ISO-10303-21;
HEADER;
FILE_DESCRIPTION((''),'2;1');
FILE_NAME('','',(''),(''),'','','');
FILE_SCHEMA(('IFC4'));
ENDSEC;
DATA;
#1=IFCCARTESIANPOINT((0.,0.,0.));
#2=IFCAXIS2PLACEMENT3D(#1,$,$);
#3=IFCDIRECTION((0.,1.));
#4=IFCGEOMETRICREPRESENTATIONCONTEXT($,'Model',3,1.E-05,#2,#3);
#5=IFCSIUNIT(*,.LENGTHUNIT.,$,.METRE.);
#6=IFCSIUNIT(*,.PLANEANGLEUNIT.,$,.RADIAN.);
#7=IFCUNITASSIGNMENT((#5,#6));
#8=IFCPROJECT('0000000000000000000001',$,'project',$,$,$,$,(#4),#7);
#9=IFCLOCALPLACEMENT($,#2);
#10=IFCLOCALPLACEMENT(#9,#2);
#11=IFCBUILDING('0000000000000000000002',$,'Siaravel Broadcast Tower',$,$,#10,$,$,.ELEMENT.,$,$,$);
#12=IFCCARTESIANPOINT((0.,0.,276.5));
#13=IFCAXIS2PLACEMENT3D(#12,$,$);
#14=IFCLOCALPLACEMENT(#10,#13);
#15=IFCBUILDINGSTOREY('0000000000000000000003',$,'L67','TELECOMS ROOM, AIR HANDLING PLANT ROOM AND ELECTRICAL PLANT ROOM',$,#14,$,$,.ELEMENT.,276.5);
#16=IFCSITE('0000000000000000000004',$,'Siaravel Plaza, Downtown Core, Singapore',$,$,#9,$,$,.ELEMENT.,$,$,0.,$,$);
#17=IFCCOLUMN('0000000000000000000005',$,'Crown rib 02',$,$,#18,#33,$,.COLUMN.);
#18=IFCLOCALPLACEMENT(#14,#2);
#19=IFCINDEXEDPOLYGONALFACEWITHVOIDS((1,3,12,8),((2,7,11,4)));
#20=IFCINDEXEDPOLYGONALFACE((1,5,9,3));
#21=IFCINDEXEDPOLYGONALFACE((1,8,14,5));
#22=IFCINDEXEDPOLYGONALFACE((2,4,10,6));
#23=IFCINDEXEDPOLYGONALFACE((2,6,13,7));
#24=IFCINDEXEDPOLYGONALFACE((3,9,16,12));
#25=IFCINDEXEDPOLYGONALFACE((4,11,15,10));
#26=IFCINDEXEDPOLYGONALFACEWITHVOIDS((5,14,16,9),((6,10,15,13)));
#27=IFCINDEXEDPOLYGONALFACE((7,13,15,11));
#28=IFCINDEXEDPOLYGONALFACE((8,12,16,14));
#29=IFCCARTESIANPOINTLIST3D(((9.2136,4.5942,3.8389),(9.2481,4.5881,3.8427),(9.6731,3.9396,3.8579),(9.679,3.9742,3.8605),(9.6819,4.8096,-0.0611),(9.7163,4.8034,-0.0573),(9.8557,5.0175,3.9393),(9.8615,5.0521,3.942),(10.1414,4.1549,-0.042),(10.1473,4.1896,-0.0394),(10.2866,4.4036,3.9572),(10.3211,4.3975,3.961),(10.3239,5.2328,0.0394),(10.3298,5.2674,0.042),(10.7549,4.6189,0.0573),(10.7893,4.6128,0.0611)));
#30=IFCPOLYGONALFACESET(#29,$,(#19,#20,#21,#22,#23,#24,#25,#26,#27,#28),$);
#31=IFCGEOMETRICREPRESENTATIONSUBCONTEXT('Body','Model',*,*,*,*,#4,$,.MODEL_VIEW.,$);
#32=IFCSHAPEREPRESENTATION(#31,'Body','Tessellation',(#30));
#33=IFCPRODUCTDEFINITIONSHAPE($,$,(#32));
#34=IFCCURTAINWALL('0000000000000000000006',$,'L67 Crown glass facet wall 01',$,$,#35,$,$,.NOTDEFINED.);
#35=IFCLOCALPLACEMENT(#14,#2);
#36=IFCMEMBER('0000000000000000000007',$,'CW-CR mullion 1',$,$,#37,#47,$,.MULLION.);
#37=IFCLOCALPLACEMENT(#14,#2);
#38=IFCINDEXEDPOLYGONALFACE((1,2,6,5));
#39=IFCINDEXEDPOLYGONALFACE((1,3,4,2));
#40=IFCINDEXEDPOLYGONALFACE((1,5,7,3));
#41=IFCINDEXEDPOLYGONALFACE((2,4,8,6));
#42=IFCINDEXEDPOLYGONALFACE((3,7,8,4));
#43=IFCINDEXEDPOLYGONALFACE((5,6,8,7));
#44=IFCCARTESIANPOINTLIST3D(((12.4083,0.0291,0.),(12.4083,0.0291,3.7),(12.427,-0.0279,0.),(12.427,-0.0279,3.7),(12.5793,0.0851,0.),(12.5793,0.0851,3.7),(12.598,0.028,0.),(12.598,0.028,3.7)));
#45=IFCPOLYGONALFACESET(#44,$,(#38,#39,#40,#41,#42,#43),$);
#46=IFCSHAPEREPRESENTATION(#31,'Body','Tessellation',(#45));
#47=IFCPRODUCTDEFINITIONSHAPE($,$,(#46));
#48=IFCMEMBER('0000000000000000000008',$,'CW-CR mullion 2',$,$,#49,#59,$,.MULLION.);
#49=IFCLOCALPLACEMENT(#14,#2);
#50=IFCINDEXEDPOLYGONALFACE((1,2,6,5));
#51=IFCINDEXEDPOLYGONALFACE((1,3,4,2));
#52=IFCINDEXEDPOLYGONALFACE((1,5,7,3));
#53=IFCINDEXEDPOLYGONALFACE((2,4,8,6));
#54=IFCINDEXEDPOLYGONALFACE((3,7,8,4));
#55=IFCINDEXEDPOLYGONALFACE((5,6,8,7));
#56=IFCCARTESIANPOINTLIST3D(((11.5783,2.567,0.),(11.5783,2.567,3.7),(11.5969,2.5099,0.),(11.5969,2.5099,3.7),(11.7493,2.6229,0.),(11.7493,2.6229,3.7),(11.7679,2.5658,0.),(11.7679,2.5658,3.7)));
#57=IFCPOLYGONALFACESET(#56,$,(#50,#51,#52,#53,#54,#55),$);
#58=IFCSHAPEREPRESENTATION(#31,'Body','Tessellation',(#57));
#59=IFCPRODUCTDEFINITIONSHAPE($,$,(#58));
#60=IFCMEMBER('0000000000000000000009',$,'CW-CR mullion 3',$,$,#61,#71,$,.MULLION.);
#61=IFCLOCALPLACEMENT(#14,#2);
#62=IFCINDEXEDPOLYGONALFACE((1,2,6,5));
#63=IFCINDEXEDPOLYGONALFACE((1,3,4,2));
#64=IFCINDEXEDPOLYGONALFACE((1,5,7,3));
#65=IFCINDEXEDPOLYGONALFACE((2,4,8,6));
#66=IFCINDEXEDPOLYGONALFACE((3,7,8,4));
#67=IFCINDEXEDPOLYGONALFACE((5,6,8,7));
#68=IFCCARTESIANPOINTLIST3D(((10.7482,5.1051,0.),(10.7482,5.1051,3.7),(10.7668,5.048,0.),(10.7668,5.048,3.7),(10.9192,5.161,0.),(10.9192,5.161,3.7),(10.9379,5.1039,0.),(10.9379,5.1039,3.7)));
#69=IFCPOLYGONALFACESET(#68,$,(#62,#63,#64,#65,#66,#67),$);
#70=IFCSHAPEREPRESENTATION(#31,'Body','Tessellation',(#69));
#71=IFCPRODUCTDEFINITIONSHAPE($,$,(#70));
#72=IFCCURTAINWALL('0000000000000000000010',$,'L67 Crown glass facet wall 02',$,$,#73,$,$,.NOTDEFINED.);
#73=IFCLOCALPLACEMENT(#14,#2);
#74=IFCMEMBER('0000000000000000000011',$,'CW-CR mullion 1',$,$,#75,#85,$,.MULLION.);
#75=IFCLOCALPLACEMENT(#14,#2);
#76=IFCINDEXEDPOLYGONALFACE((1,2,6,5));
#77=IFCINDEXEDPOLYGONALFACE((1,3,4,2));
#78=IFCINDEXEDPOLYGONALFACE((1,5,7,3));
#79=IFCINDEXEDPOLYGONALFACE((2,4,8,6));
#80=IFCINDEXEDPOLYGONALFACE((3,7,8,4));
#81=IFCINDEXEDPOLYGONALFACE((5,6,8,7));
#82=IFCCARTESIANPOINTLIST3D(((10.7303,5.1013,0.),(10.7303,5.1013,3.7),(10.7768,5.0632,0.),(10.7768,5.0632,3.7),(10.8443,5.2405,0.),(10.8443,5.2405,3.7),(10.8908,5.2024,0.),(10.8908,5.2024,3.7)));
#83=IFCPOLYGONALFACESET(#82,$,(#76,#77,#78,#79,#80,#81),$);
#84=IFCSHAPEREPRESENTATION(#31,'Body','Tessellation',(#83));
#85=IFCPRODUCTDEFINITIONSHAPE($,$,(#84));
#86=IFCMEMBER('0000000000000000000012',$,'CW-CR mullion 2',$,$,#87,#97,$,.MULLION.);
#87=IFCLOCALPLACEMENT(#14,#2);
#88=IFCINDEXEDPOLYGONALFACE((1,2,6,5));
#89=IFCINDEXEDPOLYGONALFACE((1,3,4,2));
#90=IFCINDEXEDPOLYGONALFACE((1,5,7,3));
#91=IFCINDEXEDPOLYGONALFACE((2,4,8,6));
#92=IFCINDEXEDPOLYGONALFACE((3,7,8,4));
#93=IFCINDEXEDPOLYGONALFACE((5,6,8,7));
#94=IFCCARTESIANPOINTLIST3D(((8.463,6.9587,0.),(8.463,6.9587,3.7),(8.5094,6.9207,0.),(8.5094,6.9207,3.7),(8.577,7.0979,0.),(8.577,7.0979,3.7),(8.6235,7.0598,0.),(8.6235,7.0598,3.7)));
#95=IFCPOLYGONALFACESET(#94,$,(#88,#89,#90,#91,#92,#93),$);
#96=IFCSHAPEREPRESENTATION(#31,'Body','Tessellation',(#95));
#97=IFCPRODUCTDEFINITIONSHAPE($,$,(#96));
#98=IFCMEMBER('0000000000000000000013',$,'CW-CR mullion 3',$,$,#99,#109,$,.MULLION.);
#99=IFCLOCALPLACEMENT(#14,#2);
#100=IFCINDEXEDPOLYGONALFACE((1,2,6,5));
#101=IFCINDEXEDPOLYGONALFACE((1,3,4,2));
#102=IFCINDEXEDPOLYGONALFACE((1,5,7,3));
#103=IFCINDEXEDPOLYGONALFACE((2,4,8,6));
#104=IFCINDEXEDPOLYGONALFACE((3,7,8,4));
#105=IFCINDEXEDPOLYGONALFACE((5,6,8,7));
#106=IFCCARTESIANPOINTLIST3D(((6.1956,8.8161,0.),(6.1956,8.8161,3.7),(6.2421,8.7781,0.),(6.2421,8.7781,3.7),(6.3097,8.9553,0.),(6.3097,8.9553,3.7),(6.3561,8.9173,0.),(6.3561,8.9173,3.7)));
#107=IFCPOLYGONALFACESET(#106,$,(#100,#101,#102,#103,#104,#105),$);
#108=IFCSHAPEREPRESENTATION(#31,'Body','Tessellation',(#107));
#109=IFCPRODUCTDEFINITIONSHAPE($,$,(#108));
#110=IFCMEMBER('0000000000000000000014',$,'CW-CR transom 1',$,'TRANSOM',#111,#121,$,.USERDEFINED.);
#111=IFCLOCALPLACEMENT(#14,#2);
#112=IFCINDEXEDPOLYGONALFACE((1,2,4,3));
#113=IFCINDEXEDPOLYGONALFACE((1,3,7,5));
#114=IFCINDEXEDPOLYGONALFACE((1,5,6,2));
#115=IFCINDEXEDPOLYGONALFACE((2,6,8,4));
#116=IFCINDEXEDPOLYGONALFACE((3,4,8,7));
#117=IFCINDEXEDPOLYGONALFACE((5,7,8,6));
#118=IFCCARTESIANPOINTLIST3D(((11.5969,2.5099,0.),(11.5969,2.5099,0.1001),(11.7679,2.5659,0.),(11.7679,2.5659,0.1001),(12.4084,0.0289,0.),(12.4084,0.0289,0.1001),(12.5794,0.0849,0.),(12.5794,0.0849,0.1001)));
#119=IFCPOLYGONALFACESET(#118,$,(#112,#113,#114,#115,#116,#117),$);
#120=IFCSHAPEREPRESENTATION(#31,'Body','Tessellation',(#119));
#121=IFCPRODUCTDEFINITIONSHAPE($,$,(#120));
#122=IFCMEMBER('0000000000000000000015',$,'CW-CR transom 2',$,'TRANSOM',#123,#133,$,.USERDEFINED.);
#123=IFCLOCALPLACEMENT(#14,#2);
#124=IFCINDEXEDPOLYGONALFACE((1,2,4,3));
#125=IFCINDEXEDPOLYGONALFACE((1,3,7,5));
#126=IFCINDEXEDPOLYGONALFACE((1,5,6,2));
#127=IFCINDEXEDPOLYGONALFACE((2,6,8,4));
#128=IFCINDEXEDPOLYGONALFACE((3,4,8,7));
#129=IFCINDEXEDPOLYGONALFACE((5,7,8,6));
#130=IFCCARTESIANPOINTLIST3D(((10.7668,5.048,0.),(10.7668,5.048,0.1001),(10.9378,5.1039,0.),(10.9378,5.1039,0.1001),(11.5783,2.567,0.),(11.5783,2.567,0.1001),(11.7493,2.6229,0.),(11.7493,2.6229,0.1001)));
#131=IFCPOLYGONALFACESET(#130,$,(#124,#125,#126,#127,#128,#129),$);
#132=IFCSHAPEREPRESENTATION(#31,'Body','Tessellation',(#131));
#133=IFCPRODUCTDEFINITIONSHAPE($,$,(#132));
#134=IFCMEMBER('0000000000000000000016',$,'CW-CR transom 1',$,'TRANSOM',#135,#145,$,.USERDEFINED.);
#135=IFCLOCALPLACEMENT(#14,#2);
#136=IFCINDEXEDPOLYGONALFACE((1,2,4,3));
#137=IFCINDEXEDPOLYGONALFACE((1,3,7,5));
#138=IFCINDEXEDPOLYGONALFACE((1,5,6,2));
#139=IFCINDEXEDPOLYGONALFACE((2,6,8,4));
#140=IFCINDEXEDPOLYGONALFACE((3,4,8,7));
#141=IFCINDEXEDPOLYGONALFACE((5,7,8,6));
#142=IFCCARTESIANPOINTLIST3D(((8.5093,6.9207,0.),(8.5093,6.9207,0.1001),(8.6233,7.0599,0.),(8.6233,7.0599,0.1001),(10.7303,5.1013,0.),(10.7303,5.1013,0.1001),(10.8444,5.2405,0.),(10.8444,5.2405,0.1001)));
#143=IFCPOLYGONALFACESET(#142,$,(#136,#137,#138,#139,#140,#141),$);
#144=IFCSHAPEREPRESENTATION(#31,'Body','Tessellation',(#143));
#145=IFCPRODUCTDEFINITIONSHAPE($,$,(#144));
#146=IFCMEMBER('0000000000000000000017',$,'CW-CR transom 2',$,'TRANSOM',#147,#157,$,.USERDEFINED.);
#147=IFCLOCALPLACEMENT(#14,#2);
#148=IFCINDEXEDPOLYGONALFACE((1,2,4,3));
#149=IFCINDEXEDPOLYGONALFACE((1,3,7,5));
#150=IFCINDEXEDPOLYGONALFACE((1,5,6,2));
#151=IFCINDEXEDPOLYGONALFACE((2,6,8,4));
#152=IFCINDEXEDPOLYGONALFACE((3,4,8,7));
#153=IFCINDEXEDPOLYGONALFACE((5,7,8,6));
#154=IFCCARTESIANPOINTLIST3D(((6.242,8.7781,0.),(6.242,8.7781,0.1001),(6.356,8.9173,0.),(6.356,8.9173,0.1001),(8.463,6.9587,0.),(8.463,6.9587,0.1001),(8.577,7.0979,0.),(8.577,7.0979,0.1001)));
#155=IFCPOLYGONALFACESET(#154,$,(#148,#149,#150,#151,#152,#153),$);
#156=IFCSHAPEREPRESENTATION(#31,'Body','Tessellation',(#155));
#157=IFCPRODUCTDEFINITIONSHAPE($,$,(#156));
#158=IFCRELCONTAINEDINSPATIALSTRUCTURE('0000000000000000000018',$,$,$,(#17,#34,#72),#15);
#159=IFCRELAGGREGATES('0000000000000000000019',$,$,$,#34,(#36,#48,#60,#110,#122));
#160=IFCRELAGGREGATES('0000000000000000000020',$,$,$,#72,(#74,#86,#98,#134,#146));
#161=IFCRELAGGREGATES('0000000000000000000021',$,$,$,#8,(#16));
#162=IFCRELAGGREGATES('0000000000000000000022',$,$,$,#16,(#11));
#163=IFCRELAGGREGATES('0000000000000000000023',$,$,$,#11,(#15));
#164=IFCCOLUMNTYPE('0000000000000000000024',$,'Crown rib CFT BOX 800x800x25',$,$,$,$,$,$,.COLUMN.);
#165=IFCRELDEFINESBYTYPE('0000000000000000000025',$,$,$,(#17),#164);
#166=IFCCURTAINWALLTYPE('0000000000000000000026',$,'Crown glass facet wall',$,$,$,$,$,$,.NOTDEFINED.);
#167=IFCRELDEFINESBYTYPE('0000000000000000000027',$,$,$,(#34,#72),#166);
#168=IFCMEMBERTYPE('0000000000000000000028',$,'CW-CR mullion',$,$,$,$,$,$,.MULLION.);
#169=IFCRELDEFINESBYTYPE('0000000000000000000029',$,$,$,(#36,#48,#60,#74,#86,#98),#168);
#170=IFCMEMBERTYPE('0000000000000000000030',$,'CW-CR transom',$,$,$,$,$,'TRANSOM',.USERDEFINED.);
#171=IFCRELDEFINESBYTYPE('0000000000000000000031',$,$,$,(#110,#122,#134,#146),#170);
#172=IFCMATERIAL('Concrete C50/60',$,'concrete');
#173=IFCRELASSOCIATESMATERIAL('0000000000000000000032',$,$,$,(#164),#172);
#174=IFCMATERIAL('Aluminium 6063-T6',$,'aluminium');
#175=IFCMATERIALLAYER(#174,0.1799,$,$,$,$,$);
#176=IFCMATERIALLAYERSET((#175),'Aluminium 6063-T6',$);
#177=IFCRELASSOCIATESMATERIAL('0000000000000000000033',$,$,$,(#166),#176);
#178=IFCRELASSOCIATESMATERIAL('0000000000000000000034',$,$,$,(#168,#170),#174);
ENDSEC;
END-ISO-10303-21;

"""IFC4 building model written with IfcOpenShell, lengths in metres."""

from ifc_helpers import new_model, si_unit, direction, frame, origin, origin_2d, place, context, subcontext, project, spatial, rectangle, hollow_rectangle, extrude, material, layer, layer_set, material_profile, profile_set, type_object, element, aggregate, save


model = new_model("IFC4")

# Units and contexts
model_context = context("Model", 3, precision=1e-05, world=origin(), true_north=direction((0.0, 1.0)))
body_context = subcontext(model_context, "Body", "Model", "MODEL_VIEW")
ifc_project = project(units=[si_unit("LENGTHUNIT", "METRE"), si_unit("PLANEANGLEUNIT", "RADIAN")], contexts=[model_context])

# Site, building, storey
site_placement = place(None, origin())
site = spatial("IfcSite", under=ifc_project, at=site_placement, Name="Siaravel Plaza, Downtown Core, Singapore", CompositionType="ELEMENT", RefElevation=0.0)
building_placement = place(site_placement, origin())
building = spatial("IfcBuilding", under=site, at=building_placement, Name="Siaravel Broadcast Tower", CompositionType="ELEMENT")
storey_placement = place(building_placement, frame((0.0, 0.0, 276.5)))
storey = spatial("IfcBuildingStorey", under=building, at=storey_placement, Name="L67", Description="TELECOMS ROOM, AIR HANDLING PLANT ROOM AND ELECTRICAL PLANT ROOM", CompositionType="ELEMENT", Elevation=276.5)

# Column
ifc_material_1 = material(Name="Concrete C50/60", Category="concrete")
ifc_material_profile_1 = material_profile(ifc_material_1, hollow_rectangle(XDim=0.8, YDim=0.8, WallThickness=0.0249, at=origin_2d()))
ifc_profile_set_1 = profile_set([ifc_material_profile_1], Name="Concrete C50/60")
column_type = type_object("IfcColumnType", Name="Crown rib CFT BOX 800x800x25", PredefinedType="COLUMN", material=ifc_profile_set_1)
column_placement = place(storey_placement, frame((10.2356, 4.7112, 0.0), z_axis=(-0.119035, -0.054739, 0.99138), x_axis=(0.574404, -0.818226, 0.023791)))
element("IfcColumn", 1, at=column_placement, inside=storey, type_object=column_type, Name="Crown rib 02", PredefinedType="COLUMN", context=body_context, shape_type="SweptSolid", body=[
    extrude(hollow_rectangle(XDim=0.8, YDim=0.8, WallThickness=0.0249, at=origin_2d()), origin(), (0.0, 0.0, 1.0), 3.9338),
])

# Curtain walls, members
ifc_material_2 = material(Name="Aluminium 6063-T6", Category="aluminium")
ifc_layer_1 = layer(ifc_material_2, 0.1799)
ifc_layer_set_1 = layer_set([ifc_layer_1], Name="Aluminium 6063-T6")
curtain_wall_type = type_object("IfcCurtainWallType", Name="Crown glass facet wall", PredefinedType="NOTDEFINED", material=ifc_layer_set_1)
curtain_wall_1_placement = place(storey_placement, origin())
curtain_wall_1 = element("IfcCurtainWall", 2, at=curtain_wall_1_placement, inside=storey, type_object=curtain_wall_type, Name="L67 Crown glass facet wall 01", PredefinedType="NOTDEFINED")
ifc_material_profile_2 = material_profile(ifc_material_2, rectangle(XDim=0.1799, YDim=0.0601, at=origin_2d()))
ifc_profile_set_2 = profile_set([ifc_material_profile_2], Name="Aluminium 6063-T6")
member_type_1 = type_object("IfcMemberType", Name="CW-CR mullion", PredefinedType="MULLION", material=ifc_profile_set_2)
member_1_placement = place(storey_placement, frame((12.5032, 0.0286, 0.0), z_axis=(0.0, 0.0, 1.0), x_axis=(-0.950456, -0.31086, 0.0)))
member_1 = element("IfcMember", 3, at=member_1_placement, type_object=member_type_1, Name="CW-CR mullion 1", PredefinedType="MULLION", context=body_context, shape_type="SweptSolid", body=[
    extrude(rectangle(XDim=0.1799, YDim=0.0601, at=origin_2d()), origin(), (0.0, 0.0, 1.0), 3.7),
])
member_2_placement = place(storey_placement, frame((11.6731, 2.5664, 0.0), z_axis=(0.0, 0.0, 1.0), x_axis=(-0.950456, -0.31086, 0.0)))
member_2 = element("IfcMember", 4, at=member_2_placement, type_object=member_type_1, Name="CW-CR mullion 2", PredefinedType="MULLION", context=body_context, shape_type="SweptSolid", body=[
    extrude(rectangle(XDim=0.1799, YDim=0.0601, at=origin_2d()), origin(), (0.0, 0.0, 1.0), 3.7),
])
member_3_placement = place(storey_placement, frame((10.843, 5.1045, 0.0), z_axis=(0.0, 0.0, 1.0), x_axis=(-0.950456, -0.31086, 0.0)))
member_3 = element("IfcMember", 5, at=member_3_placement, type_object=member_type_1, Name="CW-CR mullion 3", PredefinedType="MULLION", context=body_context, shape_type="SweptSolid", body=[
    extrude(rectangle(XDim=0.1799, YDim=0.0601, at=origin_2d()), origin(), (0.0, 0.0, 1.0), 3.7),
])
curtain_wall_2_placement = place(storey_placement, origin())
curtain_wall_2 = element("IfcCurtainWall", 6, at=curtain_wall_2_placement, inside=storey, type_object=curtain_wall_type, Name="L67 Crown glass facet wall 02", PredefinedType="NOTDEFINED")
member_4_placement = place(storey_placement, frame((10.8105, 5.1519, 0.0), z_axis=(0.0, 0.0, 1.0), x_axis=(-0.633713, -0.773569, 0.0)))
member_4 = element("IfcMember", 7, at=member_4_placement, type_object=member_type_1, Name="CW-CR mullion 1", PredefinedType="MULLION", context=body_context, shape_type="SweptSolid", body=[
    extrude(rectangle(XDim=0.1799, YDim=0.0601, at=origin_2d()), origin(), (0.0, 0.0, 1.0), 3.7),
])
member_5_placement = place(storey_placement, frame((8.5432, 7.0093, 0.0), z_axis=(0.0, 0.0, 1.0), x_axis=(-0.633713, -0.773569, 0.0)))
member_5 = element("IfcMember", 8, at=member_5_placement, type_object=member_type_1, Name="CW-CR mullion 2", PredefinedType="MULLION", context=body_context, shape_type="SweptSolid", body=[
    extrude(rectangle(XDim=0.1799, YDim=0.0601, at=origin_2d()), origin(), (0.0, 0.0, 1.0), 3.7),
])
member_6_placement = place(storey_placement, frame((6.2759, 8.8667, 0.0), z_axis=(0.0, 0.0, 1.0), x_axis=(-0.633713, -0.773569, 0.0)))
member_6 = element("IfcMember", 9, at=member_6_placement, type_object=member_type_1, Name="CW-CR mullion 3", PredefinedType="MULLION", context=body_context, shape_type="SweptSolid", body=[
    extrude(rectangle(XDim=0.1799, YDim=0.0601, at=origin_2d()), origin(), (0.0, 0.0, 1.0), 3.7),
])

# Members
ifc_material_profile_3 = material_profile(ifc_material_2, rectangle(XDim=0.1799, YDim=0.1001, at=origin_2d()))
ifc_profile_set_3 = profile_set([ifc_material_profile_3], Name="Aluminium 6063-T6")
member_type_2 = type_object("IfcMemberType", Name="CW-CR transom", ElementType="TRANSOM", PredefinedType="USERDEFINED", material=ifc_profile_set_3)
member_7_placement = place(storey_placement, frame((12.4939, 0.0569, 0.05), z_axis=(-0.310892, 0.950445, 0.0), x_axis=(-0.950445, -0.310892, 0.0)))
member_7 = element("IfcMember", 10, at=member_7_placement, type_object=member_type_2, Name="CW-CR transom 1", ObjectType="TRANSOM", PredefinedType="USERDEFINED", context=body_context, shape_type="SweptSolid", body=[
    extrude(rectangle(XDim=0.1799, YDim=0.1001, at=origin_2d()), origin(), (0.0, 0.0, 1.0), 2.6104),
])
member_8_placement = place(storey_placement, frame((11.6638, 2.595, 0.05), z_axis=(-0.310892, 0.950445, 0.0), x_axis=(-0.950445, -0.310892, 0.0)))
member_8 = element("IfcMember", 11, at=member_8_placement, type_object=member_type_2, Name="CW-CR transom 2", ObjectType="TRANSOM", PredefinedType="USERDEFINED", context=body_context, shape_type="SweptSolid", body=[
    extrude(rectangle(XDim=0.1799, YDim=0.1001, at=origin_2d()), origin(), (0.0, 0.0, 1.0), 2.6104),
])
member_9_placement = place(storey_placement, frame((10.7874, 5.1709, 0.05), z_axis=(-0.773582, 0.633696, 0.0), x_axis=(-0.633696, -0.773582, 0.0)))
member_9 = element("IfcMember", 12, at=member_9_placement, type_object=member_type_2, Name="CW-CR transom 1", ObjectType="TRANSOM", PredefinedType="USERDEFINED", context=body_context, shape_type="SweptSolid", body=[
    extrude(rectangle(XDim=0.1799, YDim=0.1001, at=origin_2d()), origin(), (0.0, 0.0, 1.0), 2.8711),
])
member_10_placement = place(storey_placement, frame((8.52, 7.0283, 0.05), z_axis=(-0.773582, 0.633696, 0.0), x_axis=(-0.633696, -0.773582, 0.0)))
member_10 = element("IfcMember", 13, at=member_10_placement, type_object=member_type_2, Name="CW-CR transom 2", ObjectType="TRANSOM", PredefinedType="USERDEFINED", context=body_context, shape_type="SweptSolid", body=[
    extrude(rectangle(XDim=0.1799, YDim=0.1001, at=origin_2d()), origin(), (0.0, 0.0, 1.0), 2.8711),
])

aggregate(curtain_wall_1, [member_1, member_2, member_3, member_7, member_8])
aggregate(curtain_wall_2, [member_4, member_5, member_6, member_9, member_10])

save(model, "model.ifc")
